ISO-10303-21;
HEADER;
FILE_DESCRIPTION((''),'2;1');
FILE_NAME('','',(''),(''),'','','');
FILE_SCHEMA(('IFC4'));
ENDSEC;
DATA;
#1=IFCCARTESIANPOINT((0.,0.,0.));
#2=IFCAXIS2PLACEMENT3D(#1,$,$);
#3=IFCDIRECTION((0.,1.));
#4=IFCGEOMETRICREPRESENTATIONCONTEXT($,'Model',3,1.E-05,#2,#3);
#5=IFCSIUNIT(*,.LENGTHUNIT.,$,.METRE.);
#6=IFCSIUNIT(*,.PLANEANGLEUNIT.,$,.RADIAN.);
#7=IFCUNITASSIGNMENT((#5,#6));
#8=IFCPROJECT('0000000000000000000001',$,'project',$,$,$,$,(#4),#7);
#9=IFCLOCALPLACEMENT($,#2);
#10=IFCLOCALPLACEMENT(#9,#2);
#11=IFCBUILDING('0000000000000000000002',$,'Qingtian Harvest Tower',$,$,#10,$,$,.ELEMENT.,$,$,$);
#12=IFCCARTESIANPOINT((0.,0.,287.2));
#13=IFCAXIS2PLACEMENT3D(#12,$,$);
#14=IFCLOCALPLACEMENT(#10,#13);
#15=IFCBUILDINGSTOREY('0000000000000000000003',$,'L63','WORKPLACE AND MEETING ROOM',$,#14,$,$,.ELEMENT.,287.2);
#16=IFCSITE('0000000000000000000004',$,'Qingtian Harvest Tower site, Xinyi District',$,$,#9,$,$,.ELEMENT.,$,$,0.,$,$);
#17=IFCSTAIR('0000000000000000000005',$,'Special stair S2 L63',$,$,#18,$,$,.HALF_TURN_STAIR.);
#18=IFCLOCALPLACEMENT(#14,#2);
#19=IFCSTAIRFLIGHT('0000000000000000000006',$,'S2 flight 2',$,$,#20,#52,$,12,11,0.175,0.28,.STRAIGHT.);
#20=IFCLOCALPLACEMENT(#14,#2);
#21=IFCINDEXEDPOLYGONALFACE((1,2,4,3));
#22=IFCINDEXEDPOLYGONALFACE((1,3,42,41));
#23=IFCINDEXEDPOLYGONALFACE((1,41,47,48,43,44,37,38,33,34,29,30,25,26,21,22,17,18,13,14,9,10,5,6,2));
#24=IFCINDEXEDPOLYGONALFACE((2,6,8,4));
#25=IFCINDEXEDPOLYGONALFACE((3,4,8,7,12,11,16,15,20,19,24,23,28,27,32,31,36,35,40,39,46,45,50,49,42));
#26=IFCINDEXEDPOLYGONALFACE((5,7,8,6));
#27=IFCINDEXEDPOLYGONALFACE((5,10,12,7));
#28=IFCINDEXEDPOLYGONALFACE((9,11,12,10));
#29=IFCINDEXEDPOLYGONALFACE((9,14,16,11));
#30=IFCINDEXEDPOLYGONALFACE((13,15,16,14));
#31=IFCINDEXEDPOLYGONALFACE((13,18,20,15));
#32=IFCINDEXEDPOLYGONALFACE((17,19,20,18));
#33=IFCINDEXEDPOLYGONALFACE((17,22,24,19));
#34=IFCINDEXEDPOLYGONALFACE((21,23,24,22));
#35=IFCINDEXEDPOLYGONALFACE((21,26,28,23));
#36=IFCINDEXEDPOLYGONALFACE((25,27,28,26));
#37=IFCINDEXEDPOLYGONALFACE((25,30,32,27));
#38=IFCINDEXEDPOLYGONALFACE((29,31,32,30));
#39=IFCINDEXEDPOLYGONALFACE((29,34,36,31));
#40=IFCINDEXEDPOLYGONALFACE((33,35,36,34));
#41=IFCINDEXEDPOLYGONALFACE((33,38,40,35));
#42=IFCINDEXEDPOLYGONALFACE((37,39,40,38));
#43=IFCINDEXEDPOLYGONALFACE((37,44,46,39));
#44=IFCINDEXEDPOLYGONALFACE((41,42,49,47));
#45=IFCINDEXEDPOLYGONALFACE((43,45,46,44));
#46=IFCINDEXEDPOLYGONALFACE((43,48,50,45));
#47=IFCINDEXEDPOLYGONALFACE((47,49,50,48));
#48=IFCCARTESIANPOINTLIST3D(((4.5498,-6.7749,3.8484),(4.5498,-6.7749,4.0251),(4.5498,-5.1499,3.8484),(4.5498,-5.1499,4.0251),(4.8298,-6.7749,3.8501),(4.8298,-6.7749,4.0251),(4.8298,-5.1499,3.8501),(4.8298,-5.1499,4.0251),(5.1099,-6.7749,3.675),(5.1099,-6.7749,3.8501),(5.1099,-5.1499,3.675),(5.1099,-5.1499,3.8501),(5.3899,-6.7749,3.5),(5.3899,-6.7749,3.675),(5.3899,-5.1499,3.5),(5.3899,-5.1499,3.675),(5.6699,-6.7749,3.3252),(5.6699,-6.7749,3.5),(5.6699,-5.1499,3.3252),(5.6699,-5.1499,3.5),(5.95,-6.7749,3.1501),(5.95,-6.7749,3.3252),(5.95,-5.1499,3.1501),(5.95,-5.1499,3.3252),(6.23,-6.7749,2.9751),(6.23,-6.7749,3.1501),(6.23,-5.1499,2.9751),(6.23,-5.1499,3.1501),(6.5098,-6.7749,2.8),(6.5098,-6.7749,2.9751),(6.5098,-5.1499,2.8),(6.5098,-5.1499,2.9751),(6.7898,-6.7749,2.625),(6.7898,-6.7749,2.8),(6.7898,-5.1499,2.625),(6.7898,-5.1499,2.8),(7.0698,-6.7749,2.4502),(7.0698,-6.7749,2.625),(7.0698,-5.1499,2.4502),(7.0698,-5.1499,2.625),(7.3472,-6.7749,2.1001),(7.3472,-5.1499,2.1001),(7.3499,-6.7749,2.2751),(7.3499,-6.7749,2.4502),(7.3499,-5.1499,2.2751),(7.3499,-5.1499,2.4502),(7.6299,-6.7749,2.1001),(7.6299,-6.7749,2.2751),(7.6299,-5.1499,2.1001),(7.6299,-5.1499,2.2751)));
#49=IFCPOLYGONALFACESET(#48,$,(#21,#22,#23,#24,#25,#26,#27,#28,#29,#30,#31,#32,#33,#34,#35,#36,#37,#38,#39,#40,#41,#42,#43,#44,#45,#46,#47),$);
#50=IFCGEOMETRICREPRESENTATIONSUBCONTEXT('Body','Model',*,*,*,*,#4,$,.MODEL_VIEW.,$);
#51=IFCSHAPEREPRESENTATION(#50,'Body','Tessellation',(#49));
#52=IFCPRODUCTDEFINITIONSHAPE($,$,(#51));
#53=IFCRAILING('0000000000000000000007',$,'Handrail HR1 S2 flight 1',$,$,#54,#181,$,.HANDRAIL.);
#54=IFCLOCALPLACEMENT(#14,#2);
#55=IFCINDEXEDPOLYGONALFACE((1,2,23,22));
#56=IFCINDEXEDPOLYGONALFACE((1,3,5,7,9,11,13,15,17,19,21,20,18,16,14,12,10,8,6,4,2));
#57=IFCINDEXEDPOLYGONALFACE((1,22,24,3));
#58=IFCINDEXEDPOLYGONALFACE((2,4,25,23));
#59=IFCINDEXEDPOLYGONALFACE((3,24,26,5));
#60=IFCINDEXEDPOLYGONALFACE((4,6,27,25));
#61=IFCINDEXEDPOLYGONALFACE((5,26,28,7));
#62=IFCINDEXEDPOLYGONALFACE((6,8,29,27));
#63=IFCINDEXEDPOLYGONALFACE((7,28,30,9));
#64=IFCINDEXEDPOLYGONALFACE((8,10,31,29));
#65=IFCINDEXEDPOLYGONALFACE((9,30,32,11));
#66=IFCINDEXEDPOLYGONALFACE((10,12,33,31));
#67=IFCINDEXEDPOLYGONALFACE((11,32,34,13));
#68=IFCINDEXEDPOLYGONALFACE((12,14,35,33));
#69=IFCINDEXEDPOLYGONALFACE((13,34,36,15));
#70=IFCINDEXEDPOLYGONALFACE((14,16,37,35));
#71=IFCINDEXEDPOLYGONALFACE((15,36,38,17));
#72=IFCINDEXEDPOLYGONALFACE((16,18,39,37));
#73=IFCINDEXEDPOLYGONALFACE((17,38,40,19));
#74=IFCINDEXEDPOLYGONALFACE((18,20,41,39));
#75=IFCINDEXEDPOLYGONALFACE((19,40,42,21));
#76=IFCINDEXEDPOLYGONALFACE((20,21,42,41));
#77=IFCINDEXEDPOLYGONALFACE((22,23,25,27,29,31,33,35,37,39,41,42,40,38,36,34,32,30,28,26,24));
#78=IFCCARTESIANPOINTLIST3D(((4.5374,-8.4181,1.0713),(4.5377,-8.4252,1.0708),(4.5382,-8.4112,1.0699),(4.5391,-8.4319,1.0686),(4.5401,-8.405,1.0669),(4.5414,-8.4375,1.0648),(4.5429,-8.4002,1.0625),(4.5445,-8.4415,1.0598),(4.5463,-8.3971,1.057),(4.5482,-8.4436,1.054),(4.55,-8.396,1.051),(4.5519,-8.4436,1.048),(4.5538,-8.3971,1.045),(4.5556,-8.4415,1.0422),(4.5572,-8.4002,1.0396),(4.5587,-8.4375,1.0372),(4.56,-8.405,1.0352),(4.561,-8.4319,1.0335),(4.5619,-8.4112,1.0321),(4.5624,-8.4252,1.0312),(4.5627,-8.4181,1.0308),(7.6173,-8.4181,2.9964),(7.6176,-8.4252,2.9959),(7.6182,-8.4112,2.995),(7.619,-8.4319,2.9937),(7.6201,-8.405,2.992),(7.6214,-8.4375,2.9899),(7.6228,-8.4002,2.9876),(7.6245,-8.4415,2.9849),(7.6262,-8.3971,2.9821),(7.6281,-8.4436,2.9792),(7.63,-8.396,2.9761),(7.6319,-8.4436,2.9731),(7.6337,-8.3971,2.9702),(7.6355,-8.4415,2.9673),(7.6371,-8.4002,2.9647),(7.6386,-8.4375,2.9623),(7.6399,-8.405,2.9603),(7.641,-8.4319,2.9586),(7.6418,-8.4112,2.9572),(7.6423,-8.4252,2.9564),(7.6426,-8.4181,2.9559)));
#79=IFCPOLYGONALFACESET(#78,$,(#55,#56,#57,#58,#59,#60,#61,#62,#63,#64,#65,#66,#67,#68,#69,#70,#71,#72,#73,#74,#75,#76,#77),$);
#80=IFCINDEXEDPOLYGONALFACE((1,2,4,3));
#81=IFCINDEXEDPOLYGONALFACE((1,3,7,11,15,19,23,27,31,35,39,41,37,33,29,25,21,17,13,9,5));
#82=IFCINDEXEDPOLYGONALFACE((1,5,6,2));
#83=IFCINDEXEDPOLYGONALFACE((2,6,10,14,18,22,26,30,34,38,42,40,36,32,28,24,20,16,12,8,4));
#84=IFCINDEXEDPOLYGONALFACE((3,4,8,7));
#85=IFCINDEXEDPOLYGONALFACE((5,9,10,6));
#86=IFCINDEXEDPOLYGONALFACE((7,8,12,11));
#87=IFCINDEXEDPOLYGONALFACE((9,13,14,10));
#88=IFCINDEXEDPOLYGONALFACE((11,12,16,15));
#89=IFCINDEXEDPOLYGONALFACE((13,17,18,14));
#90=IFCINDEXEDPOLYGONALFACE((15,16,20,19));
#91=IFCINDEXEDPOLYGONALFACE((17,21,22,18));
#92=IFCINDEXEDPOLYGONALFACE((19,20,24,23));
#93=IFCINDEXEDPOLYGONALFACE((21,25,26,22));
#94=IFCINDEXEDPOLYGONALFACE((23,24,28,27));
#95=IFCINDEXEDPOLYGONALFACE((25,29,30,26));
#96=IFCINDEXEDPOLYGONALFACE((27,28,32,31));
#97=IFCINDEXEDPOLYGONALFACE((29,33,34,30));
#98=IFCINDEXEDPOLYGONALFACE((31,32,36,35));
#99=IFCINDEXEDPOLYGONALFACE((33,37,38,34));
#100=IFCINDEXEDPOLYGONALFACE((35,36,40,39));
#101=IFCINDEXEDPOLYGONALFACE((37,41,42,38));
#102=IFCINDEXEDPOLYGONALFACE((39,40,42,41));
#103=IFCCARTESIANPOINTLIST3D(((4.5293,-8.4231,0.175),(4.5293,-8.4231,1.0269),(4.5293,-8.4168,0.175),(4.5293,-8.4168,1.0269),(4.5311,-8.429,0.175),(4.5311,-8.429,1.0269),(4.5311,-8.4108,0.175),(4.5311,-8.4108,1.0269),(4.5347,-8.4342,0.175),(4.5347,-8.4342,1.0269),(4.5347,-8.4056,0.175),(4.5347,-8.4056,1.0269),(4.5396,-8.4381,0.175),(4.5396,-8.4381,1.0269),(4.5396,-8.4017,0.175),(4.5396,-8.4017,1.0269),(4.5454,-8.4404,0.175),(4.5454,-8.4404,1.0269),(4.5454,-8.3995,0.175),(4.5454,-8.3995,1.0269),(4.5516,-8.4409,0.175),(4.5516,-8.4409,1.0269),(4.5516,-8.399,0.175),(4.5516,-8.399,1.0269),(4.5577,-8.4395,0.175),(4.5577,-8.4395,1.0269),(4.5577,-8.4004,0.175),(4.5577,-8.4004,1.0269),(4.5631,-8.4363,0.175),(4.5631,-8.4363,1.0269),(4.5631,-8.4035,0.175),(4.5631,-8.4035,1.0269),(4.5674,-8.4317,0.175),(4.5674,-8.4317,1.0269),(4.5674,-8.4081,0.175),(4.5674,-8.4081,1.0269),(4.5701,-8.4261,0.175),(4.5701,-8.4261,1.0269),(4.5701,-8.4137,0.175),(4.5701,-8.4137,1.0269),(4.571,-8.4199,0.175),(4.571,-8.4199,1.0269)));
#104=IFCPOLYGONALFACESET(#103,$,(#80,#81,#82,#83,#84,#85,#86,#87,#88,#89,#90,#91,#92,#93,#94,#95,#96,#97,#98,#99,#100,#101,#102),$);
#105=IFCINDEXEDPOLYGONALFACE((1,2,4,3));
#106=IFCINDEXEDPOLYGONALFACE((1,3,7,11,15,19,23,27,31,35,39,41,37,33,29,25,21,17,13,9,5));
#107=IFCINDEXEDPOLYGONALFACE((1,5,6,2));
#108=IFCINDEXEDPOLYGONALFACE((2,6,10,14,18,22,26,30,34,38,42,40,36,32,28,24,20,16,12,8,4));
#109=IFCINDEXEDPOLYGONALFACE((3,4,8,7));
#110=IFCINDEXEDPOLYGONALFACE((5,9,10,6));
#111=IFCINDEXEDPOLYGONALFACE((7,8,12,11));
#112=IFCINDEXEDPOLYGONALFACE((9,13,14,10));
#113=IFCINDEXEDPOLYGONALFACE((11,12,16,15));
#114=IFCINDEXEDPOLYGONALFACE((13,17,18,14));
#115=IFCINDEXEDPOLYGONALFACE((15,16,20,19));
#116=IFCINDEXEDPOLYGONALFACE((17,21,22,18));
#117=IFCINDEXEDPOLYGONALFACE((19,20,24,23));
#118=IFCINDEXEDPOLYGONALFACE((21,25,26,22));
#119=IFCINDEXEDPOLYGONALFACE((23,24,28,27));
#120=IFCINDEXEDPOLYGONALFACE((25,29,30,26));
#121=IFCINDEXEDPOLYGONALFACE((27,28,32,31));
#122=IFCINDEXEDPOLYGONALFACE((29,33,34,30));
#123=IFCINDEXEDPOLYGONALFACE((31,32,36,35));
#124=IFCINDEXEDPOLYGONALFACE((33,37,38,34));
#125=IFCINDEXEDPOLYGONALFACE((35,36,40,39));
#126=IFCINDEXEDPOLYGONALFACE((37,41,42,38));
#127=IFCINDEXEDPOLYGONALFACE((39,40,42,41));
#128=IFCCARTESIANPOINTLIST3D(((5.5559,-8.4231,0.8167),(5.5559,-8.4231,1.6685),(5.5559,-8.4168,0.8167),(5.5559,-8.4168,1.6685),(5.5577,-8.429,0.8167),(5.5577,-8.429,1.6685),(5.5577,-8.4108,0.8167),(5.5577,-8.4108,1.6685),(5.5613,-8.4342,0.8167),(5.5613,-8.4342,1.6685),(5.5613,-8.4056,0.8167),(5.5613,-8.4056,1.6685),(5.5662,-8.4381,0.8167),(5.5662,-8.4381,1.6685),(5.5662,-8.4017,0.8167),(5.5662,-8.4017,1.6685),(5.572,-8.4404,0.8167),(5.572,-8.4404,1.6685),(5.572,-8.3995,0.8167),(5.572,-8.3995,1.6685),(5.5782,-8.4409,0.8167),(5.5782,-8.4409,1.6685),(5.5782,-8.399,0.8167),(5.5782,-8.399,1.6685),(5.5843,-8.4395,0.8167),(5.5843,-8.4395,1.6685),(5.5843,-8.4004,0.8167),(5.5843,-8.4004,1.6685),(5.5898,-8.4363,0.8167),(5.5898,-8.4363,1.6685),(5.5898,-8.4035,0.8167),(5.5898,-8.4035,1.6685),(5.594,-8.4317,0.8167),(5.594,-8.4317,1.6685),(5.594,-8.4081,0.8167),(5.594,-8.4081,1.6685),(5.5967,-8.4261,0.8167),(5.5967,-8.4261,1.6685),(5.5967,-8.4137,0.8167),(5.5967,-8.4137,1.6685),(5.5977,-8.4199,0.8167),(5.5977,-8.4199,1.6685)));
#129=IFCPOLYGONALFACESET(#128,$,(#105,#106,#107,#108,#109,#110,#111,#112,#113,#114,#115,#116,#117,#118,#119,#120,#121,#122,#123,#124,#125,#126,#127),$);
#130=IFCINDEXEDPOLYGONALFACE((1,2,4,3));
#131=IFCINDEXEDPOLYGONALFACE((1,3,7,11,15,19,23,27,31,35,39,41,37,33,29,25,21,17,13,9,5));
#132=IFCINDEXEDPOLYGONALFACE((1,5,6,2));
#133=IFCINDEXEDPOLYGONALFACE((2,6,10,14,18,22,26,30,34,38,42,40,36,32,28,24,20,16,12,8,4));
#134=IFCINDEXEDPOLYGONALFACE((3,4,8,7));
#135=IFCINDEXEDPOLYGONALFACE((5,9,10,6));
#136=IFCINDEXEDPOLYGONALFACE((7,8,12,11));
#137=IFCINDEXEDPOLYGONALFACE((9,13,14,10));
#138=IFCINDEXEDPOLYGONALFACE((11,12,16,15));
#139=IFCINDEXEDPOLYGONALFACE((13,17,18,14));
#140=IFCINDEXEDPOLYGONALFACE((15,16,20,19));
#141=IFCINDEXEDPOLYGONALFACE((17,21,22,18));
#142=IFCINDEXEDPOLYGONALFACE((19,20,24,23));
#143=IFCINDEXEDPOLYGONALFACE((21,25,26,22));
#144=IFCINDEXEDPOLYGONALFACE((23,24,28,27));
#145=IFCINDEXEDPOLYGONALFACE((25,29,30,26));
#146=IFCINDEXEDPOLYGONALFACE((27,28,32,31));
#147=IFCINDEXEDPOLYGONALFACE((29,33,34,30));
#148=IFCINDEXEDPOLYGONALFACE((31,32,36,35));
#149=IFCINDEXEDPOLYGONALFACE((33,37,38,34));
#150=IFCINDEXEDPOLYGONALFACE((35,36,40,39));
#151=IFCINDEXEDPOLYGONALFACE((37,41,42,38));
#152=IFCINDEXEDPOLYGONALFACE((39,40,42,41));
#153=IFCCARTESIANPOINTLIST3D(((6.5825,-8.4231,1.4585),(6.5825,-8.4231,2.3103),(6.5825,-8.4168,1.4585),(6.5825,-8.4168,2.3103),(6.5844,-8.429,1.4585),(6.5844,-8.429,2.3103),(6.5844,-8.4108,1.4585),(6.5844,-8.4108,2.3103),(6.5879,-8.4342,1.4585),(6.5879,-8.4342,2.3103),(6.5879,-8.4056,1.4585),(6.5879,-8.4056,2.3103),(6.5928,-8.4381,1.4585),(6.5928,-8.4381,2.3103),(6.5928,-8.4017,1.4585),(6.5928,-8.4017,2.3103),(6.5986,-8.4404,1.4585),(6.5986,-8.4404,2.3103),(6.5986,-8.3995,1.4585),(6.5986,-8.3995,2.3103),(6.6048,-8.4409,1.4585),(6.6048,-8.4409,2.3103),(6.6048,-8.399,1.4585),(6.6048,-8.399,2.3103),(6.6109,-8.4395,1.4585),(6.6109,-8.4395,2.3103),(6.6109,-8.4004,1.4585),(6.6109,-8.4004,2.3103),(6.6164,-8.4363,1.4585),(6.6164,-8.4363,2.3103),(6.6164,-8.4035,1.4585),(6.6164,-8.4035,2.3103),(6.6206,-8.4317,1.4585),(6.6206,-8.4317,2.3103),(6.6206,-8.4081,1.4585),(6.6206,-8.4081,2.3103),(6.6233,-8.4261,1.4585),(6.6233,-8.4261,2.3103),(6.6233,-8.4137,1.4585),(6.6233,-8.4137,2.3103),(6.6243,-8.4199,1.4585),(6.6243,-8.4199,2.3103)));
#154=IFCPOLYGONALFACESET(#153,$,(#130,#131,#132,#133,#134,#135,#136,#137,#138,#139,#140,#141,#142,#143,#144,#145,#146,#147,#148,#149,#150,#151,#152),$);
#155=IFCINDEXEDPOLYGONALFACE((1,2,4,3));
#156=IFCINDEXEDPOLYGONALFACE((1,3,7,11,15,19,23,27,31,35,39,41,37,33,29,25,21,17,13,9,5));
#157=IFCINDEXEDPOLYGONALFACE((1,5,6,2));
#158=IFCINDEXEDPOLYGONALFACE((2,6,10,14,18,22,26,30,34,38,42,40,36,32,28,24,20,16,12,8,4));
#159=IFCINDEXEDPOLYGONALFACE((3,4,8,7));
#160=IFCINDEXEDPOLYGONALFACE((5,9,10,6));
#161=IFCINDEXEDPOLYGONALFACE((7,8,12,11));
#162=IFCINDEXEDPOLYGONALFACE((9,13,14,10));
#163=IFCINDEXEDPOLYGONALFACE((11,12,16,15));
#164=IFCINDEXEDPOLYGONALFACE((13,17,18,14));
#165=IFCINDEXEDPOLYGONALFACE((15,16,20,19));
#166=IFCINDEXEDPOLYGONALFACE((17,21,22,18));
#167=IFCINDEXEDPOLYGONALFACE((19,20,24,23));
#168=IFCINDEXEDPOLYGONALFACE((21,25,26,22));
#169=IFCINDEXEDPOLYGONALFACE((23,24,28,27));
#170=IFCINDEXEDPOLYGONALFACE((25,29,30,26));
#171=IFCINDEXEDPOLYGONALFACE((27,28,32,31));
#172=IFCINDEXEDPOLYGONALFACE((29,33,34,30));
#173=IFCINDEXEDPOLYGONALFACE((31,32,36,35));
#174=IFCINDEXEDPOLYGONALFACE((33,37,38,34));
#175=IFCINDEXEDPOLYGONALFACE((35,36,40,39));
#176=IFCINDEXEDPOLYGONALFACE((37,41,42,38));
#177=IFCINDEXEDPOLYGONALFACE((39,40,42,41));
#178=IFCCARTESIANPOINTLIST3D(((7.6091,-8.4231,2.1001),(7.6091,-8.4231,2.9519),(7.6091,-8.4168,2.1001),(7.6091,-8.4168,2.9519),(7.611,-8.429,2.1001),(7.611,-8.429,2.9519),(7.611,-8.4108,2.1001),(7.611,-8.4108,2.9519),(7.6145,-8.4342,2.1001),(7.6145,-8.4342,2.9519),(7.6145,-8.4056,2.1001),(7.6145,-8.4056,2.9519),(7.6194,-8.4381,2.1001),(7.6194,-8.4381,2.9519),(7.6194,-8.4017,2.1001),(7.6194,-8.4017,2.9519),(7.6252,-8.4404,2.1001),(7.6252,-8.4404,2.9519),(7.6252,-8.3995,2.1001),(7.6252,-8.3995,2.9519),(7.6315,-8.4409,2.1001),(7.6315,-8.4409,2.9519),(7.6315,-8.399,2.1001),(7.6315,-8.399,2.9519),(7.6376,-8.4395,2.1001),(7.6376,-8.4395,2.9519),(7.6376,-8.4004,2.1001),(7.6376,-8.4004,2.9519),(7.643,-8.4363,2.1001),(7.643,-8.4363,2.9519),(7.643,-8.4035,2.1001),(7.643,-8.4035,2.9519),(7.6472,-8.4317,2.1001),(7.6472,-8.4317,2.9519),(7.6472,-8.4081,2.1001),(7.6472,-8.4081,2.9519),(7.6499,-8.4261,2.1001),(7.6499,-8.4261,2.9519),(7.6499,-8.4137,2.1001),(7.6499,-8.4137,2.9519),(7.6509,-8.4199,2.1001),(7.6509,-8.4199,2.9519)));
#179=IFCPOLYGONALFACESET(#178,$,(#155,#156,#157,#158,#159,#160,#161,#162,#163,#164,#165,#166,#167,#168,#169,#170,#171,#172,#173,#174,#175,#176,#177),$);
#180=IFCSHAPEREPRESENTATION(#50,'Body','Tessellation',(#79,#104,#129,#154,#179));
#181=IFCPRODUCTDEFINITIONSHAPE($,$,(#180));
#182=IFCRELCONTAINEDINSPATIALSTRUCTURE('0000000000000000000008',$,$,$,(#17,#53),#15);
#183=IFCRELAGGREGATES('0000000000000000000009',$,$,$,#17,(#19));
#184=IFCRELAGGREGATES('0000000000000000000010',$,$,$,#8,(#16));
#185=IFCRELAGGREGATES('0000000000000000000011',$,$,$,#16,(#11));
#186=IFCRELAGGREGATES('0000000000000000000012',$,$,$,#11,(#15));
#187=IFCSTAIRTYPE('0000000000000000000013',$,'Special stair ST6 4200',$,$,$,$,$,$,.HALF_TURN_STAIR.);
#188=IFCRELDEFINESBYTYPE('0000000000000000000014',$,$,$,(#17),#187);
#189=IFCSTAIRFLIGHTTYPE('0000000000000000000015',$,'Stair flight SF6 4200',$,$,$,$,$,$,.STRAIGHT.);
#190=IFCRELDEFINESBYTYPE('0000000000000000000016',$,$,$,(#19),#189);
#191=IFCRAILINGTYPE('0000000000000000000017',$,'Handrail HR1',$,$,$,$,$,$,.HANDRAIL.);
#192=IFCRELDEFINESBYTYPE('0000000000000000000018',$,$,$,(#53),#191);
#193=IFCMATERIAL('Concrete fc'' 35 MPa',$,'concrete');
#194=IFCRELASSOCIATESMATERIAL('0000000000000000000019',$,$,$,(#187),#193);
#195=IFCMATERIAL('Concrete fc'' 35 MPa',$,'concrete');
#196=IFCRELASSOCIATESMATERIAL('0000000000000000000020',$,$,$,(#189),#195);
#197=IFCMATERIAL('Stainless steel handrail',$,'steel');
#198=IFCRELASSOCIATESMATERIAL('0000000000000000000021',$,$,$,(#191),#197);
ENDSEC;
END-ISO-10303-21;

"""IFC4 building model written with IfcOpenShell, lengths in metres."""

from ifc_helpers import new_model, si_unit, direction, frame, origin, origin_2d, place, context, subcontext, project, spatial, polyline, circle, outline, extrude, material, type_object, element, aggregate, save


model = new_model("IFC4")

# Units and contexts
model_context = context("Model", 3, precision=1e-05, world=origin(), true_north=direction((0.0, 1.0)))
body_context = subcontext(model_context, "Body", "Model", "MODEL_VIEW")
ifc_project = project(units=[si_unit("LENGTHUNIT", "METRE"), si_unit("PLANEANGLEUNIT", "RADIAN")], contexts=[model_context])

# Site, building, storey
site_placement = place(None, origin())
site = spatial("IfcSite", under=ifc_project, at=site_placement, Name="Qingtian Harvest Tower site, Xinyi District", CompositionType="ELEMENT", RefElevation=0.0)
building_placement = place(site_placement, origin())
building = spatial("IfcBuilding", under=site, at=building_placement, Name="Qingtian Harvest Tower", CompositionType="ELEMENT")
storey_placement = place(building_placement, frame((0.0, 0.0, 287.2)))
storey = spatial("IfcBuildingStorey", under=building, at=storey_placement, Name="L63", Description="WORKPLACE AND MEETING ROOM", CompositionType="ELEMENT", Elevation=287.2)

# Stair, stair flight
ifc_material_1 = material(Name="Concrete fc' 35 MPa", Category="concrete")
stair_type = type_object("IfcStairType", Name="Special stair ST6 4200", PredefinedType="HALF_TURN_STAIR", material=ifc_material_1)
stair_placement = place(storey_placement, origin())
stair = element("IfcStair", 1, at=stair_placement, inside=storey, type_object=stair_type, Name="Special stair S2 L63", PredefinedType="HALF_TURN_STAIR")
ifc_material_2 = material(Name="Concrete fc' 35 MPa", Category="concrete")
stair_flight_type = type_object("IfcStairFlightType", Name="Stair flight SF6 4200", PredefinedType="STRAIGHT", material=ifc_material_2)
stair_flight_1_placement = place(storey_placement, frame((7.6299, -5.9624, 2.1001), z_axis=(0.0, 0.0, 1.0), x_axis=(-1.0, 0.0, 0.0)))
stair_flight_1 = element("IfcStairFlight", 2, at=stair_flight_1_placement, type_object=stair_flight_type, Name="S2 flight 2", NumberOfRisers=12, NumberOfTreads=11, PredefinedType="STRAIGHT", RiserHeight=0.175, TreadLength=0.28, context=body_context, shape_type="SweptSolid", body=[
    extrude(outline(polyline([(0.0, 0.0), (0.0, 0.175), (0.28, 0.175), (0.28, 0.3501), (0.5601, 0.3501), (0.5601, 0.5249), (0.8401, 0.5249), (0.8401, 0.7), (1.1201, 0.7), (1.1201, 0.875), (1.3999, 0.875), (1.3999, 1.05), (1.6799, 1.05), (1.6799, 1.2251), (1.96, 1.2251), (1.96, 1.3999), (2.24, 1.3999), (2.24, 1.575), (2.52, 1.575), (2.52, 1.75), (2.8, 1.75), (2.8, 1.925), (3.0801, 1.925), (3.0801, 2.1001), (3.0801, 1.7483), (0.2827, 0.0), (0.0, 0.0)])), frame((0.0, 0.8125, 0.0), z_axis=(0.0, -1.0, 0.0), x_axis=(1.0, 0.0, 0.0)), (0.0, 0.0, 1.0), 1.625),
])
aggregate(stair, [stair_flight_1])

# Railing
ifc_material_3 = material(Name="Stainless steel handrail", Category="steel")
railing_type = type_object("IfcRailingType", Name="Handrail HR1", PredefinedType="HANDRAIL", material=ifc_material_3)
railing_1_placement = place(storey_placement, frame((4.55, -8.4199, 0.175)))
element("IfcRailing", 3, at=railing_1_placement, inside=storey, type_object=railing_type, Name="Handrail HR1 S2 flight 1", PredefinedType="HANDRAIL", context=body_context, shape_type="SweptSolid", body=[
    extrude(circle(Radius=0.0239, at=origin_2d()), frame((0.0, 0.0, 0.876), z_axis=(0.847979, 0.0, 0.530029), x_axis=(0.0, 1.0, 0.0)), (0.0, 0.0, 1.0), 3.6321),
    extrude(circle(Radius=0.021, at=origin_2d()), origin(), (0.0, 0.0, 1.0), 0.8518),
    extrude(circle(Radius=0.021, at=origin_2d()), frame((1.0266, 0.0, 0.6416)), (0.0, 0.0, 1.0), 0.8518),
    extrude(circle(Radius=0.021, at=origin_2d()), frame((2.0532, 0.0, 1.2834)), (0.0, 0.0, 1.0), 0.8518),
    extrude(circle(Radius=0.021, at=origin_2d()), frame((3.0798, 0.0, 1.925)), (0.0, 0.0, 1.0), 0.8518),
])

save(model, "model.ifc")
